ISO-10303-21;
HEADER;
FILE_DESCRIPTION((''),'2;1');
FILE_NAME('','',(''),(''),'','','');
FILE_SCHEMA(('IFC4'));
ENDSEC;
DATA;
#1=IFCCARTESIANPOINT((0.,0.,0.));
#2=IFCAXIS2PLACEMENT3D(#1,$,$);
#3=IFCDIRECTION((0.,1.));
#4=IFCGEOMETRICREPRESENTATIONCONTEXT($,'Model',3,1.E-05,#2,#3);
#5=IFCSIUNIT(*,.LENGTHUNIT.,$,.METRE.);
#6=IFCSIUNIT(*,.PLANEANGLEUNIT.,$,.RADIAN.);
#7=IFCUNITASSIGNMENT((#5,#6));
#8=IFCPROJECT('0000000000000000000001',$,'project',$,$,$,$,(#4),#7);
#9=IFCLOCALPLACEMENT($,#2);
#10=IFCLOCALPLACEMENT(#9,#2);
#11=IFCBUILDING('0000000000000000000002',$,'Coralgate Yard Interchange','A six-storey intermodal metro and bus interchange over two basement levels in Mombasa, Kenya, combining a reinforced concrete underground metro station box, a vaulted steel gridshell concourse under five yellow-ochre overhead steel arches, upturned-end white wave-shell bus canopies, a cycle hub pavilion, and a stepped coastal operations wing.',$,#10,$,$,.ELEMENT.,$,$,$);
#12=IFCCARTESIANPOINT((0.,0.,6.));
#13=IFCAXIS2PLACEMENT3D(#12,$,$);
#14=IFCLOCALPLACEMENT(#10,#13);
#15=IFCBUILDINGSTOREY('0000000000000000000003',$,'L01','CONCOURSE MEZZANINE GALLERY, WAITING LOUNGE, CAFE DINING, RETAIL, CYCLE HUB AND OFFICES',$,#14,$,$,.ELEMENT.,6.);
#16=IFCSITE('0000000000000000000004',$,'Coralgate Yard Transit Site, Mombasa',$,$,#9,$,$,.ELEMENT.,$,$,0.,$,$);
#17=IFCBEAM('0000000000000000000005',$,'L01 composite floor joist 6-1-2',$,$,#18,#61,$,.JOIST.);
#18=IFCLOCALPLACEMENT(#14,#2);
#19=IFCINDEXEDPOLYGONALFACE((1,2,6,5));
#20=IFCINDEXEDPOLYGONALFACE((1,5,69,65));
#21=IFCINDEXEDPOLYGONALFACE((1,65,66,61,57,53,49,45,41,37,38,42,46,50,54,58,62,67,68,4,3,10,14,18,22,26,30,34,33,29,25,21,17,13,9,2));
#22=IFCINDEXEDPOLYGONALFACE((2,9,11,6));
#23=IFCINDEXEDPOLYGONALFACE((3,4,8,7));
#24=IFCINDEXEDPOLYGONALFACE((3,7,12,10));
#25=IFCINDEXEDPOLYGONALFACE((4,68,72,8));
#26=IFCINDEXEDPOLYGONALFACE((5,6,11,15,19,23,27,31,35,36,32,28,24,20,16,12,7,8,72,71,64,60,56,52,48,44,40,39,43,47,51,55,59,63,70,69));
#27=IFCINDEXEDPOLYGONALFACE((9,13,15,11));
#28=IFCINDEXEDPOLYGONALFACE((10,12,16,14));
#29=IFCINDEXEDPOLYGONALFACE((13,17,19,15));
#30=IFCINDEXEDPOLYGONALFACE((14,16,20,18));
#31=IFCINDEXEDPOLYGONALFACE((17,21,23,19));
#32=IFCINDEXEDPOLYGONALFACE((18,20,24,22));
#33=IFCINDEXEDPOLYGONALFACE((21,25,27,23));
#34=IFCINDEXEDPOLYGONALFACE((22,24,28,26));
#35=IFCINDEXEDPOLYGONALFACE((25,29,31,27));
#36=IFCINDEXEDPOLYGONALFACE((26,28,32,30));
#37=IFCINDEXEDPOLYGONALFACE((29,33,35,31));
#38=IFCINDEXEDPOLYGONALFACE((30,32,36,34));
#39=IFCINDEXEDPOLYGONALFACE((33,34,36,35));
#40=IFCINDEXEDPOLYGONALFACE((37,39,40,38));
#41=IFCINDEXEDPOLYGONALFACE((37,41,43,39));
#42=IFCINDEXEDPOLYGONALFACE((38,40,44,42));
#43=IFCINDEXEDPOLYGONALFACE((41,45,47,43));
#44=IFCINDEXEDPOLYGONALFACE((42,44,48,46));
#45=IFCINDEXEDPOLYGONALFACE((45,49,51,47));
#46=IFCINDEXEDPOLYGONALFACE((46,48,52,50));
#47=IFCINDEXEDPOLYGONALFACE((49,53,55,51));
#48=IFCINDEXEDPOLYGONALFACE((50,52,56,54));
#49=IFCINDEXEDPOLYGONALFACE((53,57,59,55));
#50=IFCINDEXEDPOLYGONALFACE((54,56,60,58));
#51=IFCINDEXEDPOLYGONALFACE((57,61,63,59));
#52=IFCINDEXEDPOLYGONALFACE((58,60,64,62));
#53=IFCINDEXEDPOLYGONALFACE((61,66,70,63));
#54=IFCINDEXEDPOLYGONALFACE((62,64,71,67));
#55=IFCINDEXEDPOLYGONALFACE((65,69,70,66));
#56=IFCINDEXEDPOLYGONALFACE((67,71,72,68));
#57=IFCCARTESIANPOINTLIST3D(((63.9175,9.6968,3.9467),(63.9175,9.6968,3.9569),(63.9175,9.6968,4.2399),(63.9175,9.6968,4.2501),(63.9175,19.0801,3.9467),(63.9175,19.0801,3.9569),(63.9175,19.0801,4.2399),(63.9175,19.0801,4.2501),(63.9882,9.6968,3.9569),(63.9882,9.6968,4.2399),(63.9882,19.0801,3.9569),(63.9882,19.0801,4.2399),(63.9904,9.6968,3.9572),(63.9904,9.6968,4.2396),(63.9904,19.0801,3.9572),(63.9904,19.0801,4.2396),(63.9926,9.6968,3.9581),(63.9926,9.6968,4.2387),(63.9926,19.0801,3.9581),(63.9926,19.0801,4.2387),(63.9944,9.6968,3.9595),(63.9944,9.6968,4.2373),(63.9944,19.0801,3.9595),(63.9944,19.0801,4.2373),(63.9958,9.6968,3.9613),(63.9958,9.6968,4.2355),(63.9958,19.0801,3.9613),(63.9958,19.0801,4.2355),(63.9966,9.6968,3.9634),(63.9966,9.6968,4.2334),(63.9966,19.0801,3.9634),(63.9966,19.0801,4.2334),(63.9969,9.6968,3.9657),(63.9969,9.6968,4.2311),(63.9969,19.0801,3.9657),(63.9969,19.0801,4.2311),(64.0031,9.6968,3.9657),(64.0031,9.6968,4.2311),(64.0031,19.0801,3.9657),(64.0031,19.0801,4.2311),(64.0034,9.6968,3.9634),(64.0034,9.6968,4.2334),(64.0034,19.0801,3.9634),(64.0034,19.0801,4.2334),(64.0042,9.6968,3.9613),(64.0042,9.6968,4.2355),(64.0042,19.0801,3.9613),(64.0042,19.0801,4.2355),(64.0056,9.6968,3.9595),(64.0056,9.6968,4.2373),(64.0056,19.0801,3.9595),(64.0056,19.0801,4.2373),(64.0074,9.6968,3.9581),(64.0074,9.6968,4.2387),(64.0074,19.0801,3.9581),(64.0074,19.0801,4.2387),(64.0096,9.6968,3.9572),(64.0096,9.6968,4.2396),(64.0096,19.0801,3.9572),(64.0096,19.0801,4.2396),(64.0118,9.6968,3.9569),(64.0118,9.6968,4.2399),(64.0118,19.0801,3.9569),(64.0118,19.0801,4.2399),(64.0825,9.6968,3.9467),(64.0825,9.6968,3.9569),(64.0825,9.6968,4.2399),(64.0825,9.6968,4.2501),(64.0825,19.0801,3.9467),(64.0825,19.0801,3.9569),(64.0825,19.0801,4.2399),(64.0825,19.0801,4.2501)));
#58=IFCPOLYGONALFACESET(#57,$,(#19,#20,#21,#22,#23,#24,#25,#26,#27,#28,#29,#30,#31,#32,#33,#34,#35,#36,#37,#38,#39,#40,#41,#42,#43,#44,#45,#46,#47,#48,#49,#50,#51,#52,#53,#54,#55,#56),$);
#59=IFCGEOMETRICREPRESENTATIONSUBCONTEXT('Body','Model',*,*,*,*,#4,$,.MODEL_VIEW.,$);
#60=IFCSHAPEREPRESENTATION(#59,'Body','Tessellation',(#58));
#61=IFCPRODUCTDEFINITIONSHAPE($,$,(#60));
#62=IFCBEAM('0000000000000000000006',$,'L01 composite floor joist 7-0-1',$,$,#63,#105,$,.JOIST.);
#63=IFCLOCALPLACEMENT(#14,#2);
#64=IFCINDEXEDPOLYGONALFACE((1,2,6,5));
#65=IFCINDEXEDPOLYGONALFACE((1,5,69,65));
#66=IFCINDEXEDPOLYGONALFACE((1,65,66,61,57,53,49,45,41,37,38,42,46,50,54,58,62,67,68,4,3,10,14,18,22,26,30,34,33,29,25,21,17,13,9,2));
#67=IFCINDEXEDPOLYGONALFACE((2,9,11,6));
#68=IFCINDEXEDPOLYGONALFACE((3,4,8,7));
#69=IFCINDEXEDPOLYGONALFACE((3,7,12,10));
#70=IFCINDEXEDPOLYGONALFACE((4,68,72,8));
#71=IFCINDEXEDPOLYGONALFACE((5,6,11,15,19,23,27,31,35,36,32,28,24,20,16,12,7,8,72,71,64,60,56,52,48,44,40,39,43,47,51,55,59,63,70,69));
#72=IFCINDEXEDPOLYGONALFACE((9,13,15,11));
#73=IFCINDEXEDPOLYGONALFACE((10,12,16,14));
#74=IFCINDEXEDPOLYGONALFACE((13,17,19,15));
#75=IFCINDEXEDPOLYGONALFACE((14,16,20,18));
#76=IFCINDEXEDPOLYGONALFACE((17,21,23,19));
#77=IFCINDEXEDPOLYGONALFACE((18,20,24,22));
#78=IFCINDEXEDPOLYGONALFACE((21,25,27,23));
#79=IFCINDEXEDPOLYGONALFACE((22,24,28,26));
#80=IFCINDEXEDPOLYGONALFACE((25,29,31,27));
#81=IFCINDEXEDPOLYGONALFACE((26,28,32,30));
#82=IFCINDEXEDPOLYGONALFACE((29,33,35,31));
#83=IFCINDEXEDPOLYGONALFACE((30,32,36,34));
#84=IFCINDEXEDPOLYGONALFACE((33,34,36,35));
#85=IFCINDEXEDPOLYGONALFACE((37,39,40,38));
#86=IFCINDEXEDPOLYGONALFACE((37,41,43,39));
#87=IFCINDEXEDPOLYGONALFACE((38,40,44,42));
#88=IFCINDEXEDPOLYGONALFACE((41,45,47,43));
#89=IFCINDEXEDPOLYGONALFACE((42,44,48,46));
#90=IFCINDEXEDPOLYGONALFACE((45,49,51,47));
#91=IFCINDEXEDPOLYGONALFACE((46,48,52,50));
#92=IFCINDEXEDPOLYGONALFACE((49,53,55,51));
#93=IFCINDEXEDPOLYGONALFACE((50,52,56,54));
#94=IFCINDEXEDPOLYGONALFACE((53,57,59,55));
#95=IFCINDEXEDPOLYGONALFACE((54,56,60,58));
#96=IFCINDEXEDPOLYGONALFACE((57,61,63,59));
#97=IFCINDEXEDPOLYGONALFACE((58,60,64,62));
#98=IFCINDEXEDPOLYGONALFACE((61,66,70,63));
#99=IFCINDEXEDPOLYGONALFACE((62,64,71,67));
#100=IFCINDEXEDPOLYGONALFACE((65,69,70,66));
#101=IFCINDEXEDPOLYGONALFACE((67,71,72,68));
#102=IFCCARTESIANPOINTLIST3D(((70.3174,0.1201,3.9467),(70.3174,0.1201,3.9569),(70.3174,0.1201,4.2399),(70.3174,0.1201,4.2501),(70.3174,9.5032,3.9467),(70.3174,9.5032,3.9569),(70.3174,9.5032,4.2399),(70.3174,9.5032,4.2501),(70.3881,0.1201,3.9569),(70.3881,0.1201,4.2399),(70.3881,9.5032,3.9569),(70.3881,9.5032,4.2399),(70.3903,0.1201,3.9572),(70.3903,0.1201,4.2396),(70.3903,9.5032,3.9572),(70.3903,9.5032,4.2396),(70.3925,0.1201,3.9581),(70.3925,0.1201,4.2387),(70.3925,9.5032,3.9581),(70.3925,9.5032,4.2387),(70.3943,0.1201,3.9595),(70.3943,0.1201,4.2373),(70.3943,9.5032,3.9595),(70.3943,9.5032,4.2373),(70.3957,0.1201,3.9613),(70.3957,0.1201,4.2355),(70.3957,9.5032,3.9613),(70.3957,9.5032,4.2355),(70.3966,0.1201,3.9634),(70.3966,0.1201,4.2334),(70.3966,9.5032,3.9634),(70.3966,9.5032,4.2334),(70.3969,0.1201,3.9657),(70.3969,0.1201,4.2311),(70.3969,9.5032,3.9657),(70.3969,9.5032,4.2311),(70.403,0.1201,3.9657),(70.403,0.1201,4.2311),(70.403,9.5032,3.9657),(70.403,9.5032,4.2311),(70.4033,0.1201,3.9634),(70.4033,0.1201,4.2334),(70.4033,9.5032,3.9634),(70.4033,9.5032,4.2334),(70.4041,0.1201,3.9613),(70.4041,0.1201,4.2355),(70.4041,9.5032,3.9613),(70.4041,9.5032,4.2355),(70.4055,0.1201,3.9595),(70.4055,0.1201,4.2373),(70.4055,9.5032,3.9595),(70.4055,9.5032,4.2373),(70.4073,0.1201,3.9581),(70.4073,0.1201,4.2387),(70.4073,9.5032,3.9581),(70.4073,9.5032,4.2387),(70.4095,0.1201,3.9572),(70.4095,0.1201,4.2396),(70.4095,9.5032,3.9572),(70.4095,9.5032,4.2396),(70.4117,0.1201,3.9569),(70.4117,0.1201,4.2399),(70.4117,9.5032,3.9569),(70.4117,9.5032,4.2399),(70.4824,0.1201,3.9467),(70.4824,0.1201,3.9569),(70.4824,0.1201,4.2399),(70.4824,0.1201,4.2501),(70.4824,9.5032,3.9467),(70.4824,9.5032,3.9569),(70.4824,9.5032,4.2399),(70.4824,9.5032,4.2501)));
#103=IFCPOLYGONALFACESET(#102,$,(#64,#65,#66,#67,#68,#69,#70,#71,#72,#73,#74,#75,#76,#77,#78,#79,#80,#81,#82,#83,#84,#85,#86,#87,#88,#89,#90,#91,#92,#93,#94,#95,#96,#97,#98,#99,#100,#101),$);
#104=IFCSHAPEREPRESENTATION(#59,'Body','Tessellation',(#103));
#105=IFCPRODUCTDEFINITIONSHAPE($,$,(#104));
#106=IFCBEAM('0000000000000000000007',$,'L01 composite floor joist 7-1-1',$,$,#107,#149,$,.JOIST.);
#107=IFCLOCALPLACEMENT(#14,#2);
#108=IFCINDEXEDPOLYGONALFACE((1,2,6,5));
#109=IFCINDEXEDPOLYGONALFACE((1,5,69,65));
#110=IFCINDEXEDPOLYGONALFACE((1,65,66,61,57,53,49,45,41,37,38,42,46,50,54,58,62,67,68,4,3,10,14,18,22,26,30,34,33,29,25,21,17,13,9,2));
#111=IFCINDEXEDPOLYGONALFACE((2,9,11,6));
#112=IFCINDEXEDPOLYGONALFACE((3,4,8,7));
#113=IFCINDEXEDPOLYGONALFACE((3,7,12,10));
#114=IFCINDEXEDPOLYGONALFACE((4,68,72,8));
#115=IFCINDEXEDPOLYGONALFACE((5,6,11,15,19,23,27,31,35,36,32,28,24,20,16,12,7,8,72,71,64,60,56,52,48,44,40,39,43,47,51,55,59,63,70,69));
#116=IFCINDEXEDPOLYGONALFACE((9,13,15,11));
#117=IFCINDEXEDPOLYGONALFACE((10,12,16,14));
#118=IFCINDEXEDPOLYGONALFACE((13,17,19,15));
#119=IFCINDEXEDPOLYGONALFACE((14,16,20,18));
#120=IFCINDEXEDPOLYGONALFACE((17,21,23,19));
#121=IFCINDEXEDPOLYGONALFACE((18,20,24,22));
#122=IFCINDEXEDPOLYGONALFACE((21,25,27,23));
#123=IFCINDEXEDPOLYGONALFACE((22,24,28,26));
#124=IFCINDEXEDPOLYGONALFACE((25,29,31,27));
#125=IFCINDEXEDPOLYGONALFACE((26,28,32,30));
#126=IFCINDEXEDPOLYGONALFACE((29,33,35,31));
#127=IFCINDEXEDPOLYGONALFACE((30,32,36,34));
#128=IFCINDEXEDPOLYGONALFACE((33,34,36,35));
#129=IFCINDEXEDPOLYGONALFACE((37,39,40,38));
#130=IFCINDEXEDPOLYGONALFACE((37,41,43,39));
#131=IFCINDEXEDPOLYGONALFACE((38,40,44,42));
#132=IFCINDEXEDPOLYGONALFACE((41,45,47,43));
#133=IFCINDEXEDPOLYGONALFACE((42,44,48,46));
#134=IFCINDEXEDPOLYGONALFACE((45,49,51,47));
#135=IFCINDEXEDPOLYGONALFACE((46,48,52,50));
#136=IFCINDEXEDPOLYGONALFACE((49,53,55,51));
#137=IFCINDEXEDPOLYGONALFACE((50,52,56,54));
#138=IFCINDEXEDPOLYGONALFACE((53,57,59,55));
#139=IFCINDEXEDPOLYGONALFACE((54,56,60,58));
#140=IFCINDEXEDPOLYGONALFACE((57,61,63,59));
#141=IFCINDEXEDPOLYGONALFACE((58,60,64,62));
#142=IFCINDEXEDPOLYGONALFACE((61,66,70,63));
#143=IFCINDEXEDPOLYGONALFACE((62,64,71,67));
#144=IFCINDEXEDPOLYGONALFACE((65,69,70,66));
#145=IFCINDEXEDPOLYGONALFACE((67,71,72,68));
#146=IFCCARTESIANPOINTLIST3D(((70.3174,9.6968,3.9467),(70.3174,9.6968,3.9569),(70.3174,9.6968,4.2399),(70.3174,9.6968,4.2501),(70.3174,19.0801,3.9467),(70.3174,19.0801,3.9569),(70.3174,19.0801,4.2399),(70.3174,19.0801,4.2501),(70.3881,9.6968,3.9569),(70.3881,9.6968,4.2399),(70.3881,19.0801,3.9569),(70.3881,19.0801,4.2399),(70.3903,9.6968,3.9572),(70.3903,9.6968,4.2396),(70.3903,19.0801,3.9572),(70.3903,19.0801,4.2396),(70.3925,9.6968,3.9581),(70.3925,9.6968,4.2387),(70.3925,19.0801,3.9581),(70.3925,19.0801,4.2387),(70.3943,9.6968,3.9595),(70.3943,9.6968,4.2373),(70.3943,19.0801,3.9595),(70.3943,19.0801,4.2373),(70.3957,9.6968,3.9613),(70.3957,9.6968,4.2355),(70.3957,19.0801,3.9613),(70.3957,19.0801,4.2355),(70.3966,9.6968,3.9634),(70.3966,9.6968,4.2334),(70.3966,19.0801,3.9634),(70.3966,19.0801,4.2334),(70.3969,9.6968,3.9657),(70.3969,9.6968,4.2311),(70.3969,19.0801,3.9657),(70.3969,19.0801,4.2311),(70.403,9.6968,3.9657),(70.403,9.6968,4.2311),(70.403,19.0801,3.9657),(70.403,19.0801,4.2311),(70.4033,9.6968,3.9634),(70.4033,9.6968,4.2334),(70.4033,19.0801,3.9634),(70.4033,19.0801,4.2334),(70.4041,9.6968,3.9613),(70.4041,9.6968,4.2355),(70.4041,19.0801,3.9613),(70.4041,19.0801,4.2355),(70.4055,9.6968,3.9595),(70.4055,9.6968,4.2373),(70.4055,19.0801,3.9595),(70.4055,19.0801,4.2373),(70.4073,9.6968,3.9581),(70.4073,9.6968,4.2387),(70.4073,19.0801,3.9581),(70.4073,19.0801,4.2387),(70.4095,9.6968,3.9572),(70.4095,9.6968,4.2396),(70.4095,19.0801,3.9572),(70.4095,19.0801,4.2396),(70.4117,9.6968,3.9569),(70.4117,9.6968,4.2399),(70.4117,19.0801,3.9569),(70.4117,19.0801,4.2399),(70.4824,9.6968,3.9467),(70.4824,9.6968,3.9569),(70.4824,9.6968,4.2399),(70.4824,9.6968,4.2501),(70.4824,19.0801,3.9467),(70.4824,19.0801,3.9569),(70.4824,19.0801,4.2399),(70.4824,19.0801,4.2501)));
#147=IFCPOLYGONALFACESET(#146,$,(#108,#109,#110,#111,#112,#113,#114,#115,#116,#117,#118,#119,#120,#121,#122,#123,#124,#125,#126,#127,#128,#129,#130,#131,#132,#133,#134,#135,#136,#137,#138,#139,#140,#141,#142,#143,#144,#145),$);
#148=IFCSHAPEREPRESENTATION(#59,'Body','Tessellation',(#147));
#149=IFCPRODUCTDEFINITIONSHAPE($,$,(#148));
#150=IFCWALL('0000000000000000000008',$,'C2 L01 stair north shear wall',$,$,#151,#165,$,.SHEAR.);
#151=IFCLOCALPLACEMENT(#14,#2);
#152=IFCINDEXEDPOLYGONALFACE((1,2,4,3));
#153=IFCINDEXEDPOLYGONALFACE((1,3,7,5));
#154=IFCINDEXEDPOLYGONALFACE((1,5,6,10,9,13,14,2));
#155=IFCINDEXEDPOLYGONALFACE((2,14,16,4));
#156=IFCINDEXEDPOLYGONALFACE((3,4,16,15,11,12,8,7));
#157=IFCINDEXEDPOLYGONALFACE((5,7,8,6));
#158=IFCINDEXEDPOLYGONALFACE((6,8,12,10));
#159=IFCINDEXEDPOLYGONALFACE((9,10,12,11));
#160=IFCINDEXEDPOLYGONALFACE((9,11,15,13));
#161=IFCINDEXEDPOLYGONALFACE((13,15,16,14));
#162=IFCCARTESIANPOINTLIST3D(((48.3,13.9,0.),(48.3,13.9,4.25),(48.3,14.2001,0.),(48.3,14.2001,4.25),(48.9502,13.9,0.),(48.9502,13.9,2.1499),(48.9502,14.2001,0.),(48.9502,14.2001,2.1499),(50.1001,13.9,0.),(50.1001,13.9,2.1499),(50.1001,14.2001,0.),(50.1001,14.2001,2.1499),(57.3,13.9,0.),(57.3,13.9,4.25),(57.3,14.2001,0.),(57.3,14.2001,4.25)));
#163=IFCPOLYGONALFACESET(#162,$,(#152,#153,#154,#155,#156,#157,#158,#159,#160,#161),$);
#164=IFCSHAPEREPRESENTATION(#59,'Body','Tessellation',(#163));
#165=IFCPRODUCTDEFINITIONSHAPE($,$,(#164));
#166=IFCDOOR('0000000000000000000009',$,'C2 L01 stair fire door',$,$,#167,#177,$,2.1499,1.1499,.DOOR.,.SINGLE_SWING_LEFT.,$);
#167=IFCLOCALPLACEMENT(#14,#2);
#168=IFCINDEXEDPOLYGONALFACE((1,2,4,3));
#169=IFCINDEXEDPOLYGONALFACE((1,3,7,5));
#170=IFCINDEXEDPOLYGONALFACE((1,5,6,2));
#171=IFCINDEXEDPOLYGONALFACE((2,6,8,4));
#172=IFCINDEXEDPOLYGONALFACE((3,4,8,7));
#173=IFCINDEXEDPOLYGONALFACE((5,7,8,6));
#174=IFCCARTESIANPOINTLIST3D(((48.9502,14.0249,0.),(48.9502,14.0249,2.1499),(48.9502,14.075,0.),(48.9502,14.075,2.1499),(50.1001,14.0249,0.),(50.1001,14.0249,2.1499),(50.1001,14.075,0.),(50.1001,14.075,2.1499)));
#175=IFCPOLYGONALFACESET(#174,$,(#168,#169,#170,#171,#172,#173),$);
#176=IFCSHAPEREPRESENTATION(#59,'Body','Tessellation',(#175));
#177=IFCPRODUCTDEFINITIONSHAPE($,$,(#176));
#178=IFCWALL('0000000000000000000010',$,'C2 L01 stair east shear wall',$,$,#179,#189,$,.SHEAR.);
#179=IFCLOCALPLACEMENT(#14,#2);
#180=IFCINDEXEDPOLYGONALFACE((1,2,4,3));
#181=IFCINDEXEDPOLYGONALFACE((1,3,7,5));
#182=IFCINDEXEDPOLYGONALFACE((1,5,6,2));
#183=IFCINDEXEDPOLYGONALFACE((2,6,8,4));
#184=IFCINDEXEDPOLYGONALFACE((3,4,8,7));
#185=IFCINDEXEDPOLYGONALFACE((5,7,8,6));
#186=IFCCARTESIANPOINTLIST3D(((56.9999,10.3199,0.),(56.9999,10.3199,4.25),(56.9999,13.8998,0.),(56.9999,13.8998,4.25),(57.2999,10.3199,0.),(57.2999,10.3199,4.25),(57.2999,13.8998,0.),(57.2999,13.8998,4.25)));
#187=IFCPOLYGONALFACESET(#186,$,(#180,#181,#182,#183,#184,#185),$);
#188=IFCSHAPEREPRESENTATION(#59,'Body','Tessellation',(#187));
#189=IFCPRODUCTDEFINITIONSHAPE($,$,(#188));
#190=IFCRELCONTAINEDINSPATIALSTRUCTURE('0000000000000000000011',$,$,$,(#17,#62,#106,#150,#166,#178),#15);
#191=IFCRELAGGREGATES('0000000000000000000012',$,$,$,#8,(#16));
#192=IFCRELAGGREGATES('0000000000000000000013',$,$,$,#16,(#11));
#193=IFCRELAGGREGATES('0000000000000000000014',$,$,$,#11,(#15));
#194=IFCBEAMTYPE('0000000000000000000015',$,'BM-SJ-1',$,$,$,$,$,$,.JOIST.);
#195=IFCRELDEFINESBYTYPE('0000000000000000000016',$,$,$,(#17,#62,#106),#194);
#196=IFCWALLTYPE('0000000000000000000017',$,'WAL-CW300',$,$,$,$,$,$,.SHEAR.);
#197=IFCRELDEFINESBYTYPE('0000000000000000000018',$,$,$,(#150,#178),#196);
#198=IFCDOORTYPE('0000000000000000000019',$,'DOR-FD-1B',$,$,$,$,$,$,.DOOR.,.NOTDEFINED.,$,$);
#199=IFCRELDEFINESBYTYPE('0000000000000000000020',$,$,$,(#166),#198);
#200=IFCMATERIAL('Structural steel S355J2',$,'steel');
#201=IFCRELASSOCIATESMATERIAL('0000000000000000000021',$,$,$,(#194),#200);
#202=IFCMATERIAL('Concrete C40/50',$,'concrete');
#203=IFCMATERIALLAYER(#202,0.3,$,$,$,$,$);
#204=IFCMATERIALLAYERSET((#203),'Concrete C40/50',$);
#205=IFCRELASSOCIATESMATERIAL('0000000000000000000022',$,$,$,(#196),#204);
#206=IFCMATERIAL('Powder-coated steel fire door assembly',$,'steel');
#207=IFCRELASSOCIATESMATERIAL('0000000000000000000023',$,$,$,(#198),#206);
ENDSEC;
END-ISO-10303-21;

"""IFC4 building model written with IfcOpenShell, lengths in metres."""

from ifc_helpers import new_model, si_unit, direction, frame, frame_2d, origin, origin_2d, place, context, subcontext, project, spatial, rectangle, i_section, extrude, material, layer, layer_set, material_profile, profile_set, type_object, element, fill, save


model = new_model("IFC4")

# Units and contexts
model_context = context("Model", 3, precision=1e-05, world=origin(), true_north=direction((0.0, 1.0)))
body_context = subcontext(model_context, "Body", "Model", "MODEL_VIEW")
ifc_project = project(units=[si_unit("LENGTHUNIT", "METRE"), si_unit("PLANEANGLEUNIT", "RADIAN")], contexts=[model_context])

# Site, building, storey
site_placement = place(None, origin())
site = spatial("IfcSite", under=ifc_project, at=site_placement, Name="Coralgate Yard Transit Site, Mombasa", CompositionType="ELEMENT", RefElevation=0.0)
building_placement = place(site_placement, origin())
building = spatial("IfcBuilding", under=site, at=building_placement, Name="Coralgate Yard Interchange", Description="A six-storey intermodal metro and bus interchange over two basement levels in Mombasa, Kenya, combining a reinforced concrete underground metro station box, a vaulted steel gridshell concourse under five yellow-ochre overhead steel arches, upturned-end white wave-shell bus canopies, a cycle hub pavilion, and a stepped coastal operations wing.", CompositionType="ELEMENT")
storey_placement = place(building_placement, frame((0.0, 0.0, 6.0)))
storey = spatial("IfcBuildingStorey", under=building, at=storey_placement, Name="L01", Description="CONCOURSE MEZZANINE GALLERY, WAITING LOUNGE, CAFE DINING, RETAIL, CYCLE HUB AND OFFICES", CompositionType="ELEMENT", Elevation=6.0)

# Shared definitions
ifc_material_1 = material(Name="Structural steel S355J2", Category="steel")

# Beams
ifc_material_profile_1 = material_profile(ifc_material_1, i_section(OverallWidth=0.165, OverallDepth=0.3035, WebThickness=0.0061, FlangeThickness=0.0103, FilletRadius=0.0088, at=origin_2d()), Name="UB 305x165x40")
ifc_profile_set_1 = profile_set([ifc_material_profile_1], Name="Structural steel S355J2")
beam_type_1 = type_object("IfcBeamType", Name="BM-SJ-1", PredefinedType="JOIST", material=ifc_profile_set_1)
for number, where, z_axis, x_axis, name in (
    (1, (64.0, 9.6968, 4.0984), (0.0, 1.0, 0.0), (-1.0, 0.0, 0.0), "L01 composite floor joist 6-1-2"),
):
    element("IfcBeam", number, at=place(storey_placement, frame(where, z_axis=z_axis, x_axis=x_axis)), inside=storey, type_object=beam_type_1, Name=name, PredefinedType="JOIST", context=body_context, shape_type="SweptSolid", body=[
        extrude(i_section(OverallWidth=0.165, OverallDepth=0.3035, WebThickness=0.0061, FlangeThickness=0.0103, FilletRadius=0.0088, at=origin_2d()), origin(), (0.0, 0.0, 1.0), 9.3833),
    ])
beam_1_placement = place(storey_placement, frame((70.3999, 0.1201, 4.0984), z_axis=(0.0, 1.0, 0.0), x_axis=(-1.0, 0.0, 0.0)))
element("IfcBeam", 2, at=beam_1_placement, inside=storey, type_object=beam_type_1, Name="L01 composite floor joist 7-0-1", PredefinedType="JOIST", context=body_context, shape_type="SweptSolid", body=[
    extrude(i_section(OverallWidth=0.165, OverallDepth=0.3035, WebThickness=0.0061, FlangeThickness=0.0103, FilletRadius=0.0088, at=origin_2d()), origin(), (0.0, 0.0, 1.0), 9.3831),
])
beam_2_placement = place(storey_placement, frame((70.3999, 9.6968, 4.0984), z_axis=(0.0, 1.0, 0.0), x_axis=(-1.0, 0.0, 0.0)))
element("IfcBeam", 3, at=beam_2_placement, inside=storey, type_object=beam_type_1, Name="L01 composite floor joist 7-1-1", PredefinedType="JOIST", context=body_context, shape_type="SweptSolid", body=[
    extrude(i_section(OverallWidth=0.165, OverallDepth=0.3035, WebThickness=0.0061, FlangeThickness=0.0103, FilletRadius=0.0088, at=origin_2d()), origin(), (0.0, 0.0, 1.0), 9.3833),
])

# Wall, opening, door
ifc_material_2 = material(Name="Concrete C40/50", Category="concrete")
ifc_layer_1 = layer(ifc_material_2, 0.3)
ifc_layer_set_1 = layer_set([ifc_layer_1], Name="Concrete C40/50")
wall_type_1 = type_object("IfcWallType", Name="WAL-CW300", PredefinedType="SHEAR", material=ifc_layer_set_1)
wall_1_placement = place(storey_placement, frame((57.3, 14.05, 0.0), z_axis=(0.0, 0.0, 1.0), x_axis=(-1.0, 0.0, 0.0)))
wall_1 = element("IfcWall", 4, at=wall_1_placement, inside=storey, type_object=wall_type_1, Name="C2 L01 stair north shear wall", PredefinedType="SHEAR", context=body_context, shape_type="SweptSolid", body=[
    extrude(rectangle(XDim=9.0, YDim=0.3, at=frame_2d((4.5, 0.0))), origin(), (0.0, 0.0, 1.0), 4.25),
])
opening_1_placement = place(wall_1_placement, frame((7.2, 0.0, 0.0)))
opening_1 = element("IfcOpeningElement", 5, at=opening_1_placement, cuts=wall_1, PredefinedType="OPENING", context=body_context, shape_type="SweptSolid", body=[
    extrude(rectangle(XDim=1.1499, YDim=2.1499, at=frame_2d((0.575, 1.075))), frame((0.0, 0.1599, 0.0), z_axis=(0.0, -1.0, 0.0), x_axis=(1.0, 0.0, 0.0)), (0.0, 0.0, 1.0), 0.3201),
])
ifc_material_3 = material(Name="Powder-coated steel fire door assembly", Category="steel")
door_type_1 = type_object("IfcDoorType", Name="DOR-FD-1B", OperationType="NOTDEFINED", PredefinedType="DOOR", material=ifc_material_3)
door_1_placement = place(opening_1_placement, frame((1.1499, 0.0, 0.0), z_axis=(0.0, 0.0, 1.0), x_axis=(-1.0, 0.0, 0.0)))
door_1 = element("IfcDoor", 6, at=door_1_placement, inside=storey, type_object=door_type_1, Name="C2 L01 stair fire door", OperationType="SINGLE_SWING_LEFT", OverallHeight=2.1499, OverallWidth=1.1499, PredefinedType="DOOR", context=body_context, shape_type="SweptSolid", body=[
    extrude(rectangle(XDim=1.1499, YDim=2.1499, at=frame_2d((0.575, 1.075))), frame((0.0, 0.0249, 0.0), z_axis=(0.0, -1.0, 0.0), x_axis=(1.0, 0.0, 0.0)), (0.0, 0.0, 1.0), 0.05),
])
fill(opening_1, door_1)

# Wall
wall_2_placement = place(storey_placement, frame((57.1499, 13.8999, 0.0), z_axis=(0.0, 0.0, 1.0), x_axis=(0.0, -1.0, 0.0)))
element("IfcWall", 7, at=wall_2_placement, inside=storey, type_object=wall_type_1, Name="C2 L01 stair east shear wall", PredefinedType="SHEAR", context=body_context, shape_type="SweptSolid", body=[
    extrude(rectangle(XDim=3.5798, YDim=0.3, at=frame_2d((1.79, 0.0))), origin(), (0.0, 0.0, 1.0), 4.25),
])

save(model, "model.ifc")
